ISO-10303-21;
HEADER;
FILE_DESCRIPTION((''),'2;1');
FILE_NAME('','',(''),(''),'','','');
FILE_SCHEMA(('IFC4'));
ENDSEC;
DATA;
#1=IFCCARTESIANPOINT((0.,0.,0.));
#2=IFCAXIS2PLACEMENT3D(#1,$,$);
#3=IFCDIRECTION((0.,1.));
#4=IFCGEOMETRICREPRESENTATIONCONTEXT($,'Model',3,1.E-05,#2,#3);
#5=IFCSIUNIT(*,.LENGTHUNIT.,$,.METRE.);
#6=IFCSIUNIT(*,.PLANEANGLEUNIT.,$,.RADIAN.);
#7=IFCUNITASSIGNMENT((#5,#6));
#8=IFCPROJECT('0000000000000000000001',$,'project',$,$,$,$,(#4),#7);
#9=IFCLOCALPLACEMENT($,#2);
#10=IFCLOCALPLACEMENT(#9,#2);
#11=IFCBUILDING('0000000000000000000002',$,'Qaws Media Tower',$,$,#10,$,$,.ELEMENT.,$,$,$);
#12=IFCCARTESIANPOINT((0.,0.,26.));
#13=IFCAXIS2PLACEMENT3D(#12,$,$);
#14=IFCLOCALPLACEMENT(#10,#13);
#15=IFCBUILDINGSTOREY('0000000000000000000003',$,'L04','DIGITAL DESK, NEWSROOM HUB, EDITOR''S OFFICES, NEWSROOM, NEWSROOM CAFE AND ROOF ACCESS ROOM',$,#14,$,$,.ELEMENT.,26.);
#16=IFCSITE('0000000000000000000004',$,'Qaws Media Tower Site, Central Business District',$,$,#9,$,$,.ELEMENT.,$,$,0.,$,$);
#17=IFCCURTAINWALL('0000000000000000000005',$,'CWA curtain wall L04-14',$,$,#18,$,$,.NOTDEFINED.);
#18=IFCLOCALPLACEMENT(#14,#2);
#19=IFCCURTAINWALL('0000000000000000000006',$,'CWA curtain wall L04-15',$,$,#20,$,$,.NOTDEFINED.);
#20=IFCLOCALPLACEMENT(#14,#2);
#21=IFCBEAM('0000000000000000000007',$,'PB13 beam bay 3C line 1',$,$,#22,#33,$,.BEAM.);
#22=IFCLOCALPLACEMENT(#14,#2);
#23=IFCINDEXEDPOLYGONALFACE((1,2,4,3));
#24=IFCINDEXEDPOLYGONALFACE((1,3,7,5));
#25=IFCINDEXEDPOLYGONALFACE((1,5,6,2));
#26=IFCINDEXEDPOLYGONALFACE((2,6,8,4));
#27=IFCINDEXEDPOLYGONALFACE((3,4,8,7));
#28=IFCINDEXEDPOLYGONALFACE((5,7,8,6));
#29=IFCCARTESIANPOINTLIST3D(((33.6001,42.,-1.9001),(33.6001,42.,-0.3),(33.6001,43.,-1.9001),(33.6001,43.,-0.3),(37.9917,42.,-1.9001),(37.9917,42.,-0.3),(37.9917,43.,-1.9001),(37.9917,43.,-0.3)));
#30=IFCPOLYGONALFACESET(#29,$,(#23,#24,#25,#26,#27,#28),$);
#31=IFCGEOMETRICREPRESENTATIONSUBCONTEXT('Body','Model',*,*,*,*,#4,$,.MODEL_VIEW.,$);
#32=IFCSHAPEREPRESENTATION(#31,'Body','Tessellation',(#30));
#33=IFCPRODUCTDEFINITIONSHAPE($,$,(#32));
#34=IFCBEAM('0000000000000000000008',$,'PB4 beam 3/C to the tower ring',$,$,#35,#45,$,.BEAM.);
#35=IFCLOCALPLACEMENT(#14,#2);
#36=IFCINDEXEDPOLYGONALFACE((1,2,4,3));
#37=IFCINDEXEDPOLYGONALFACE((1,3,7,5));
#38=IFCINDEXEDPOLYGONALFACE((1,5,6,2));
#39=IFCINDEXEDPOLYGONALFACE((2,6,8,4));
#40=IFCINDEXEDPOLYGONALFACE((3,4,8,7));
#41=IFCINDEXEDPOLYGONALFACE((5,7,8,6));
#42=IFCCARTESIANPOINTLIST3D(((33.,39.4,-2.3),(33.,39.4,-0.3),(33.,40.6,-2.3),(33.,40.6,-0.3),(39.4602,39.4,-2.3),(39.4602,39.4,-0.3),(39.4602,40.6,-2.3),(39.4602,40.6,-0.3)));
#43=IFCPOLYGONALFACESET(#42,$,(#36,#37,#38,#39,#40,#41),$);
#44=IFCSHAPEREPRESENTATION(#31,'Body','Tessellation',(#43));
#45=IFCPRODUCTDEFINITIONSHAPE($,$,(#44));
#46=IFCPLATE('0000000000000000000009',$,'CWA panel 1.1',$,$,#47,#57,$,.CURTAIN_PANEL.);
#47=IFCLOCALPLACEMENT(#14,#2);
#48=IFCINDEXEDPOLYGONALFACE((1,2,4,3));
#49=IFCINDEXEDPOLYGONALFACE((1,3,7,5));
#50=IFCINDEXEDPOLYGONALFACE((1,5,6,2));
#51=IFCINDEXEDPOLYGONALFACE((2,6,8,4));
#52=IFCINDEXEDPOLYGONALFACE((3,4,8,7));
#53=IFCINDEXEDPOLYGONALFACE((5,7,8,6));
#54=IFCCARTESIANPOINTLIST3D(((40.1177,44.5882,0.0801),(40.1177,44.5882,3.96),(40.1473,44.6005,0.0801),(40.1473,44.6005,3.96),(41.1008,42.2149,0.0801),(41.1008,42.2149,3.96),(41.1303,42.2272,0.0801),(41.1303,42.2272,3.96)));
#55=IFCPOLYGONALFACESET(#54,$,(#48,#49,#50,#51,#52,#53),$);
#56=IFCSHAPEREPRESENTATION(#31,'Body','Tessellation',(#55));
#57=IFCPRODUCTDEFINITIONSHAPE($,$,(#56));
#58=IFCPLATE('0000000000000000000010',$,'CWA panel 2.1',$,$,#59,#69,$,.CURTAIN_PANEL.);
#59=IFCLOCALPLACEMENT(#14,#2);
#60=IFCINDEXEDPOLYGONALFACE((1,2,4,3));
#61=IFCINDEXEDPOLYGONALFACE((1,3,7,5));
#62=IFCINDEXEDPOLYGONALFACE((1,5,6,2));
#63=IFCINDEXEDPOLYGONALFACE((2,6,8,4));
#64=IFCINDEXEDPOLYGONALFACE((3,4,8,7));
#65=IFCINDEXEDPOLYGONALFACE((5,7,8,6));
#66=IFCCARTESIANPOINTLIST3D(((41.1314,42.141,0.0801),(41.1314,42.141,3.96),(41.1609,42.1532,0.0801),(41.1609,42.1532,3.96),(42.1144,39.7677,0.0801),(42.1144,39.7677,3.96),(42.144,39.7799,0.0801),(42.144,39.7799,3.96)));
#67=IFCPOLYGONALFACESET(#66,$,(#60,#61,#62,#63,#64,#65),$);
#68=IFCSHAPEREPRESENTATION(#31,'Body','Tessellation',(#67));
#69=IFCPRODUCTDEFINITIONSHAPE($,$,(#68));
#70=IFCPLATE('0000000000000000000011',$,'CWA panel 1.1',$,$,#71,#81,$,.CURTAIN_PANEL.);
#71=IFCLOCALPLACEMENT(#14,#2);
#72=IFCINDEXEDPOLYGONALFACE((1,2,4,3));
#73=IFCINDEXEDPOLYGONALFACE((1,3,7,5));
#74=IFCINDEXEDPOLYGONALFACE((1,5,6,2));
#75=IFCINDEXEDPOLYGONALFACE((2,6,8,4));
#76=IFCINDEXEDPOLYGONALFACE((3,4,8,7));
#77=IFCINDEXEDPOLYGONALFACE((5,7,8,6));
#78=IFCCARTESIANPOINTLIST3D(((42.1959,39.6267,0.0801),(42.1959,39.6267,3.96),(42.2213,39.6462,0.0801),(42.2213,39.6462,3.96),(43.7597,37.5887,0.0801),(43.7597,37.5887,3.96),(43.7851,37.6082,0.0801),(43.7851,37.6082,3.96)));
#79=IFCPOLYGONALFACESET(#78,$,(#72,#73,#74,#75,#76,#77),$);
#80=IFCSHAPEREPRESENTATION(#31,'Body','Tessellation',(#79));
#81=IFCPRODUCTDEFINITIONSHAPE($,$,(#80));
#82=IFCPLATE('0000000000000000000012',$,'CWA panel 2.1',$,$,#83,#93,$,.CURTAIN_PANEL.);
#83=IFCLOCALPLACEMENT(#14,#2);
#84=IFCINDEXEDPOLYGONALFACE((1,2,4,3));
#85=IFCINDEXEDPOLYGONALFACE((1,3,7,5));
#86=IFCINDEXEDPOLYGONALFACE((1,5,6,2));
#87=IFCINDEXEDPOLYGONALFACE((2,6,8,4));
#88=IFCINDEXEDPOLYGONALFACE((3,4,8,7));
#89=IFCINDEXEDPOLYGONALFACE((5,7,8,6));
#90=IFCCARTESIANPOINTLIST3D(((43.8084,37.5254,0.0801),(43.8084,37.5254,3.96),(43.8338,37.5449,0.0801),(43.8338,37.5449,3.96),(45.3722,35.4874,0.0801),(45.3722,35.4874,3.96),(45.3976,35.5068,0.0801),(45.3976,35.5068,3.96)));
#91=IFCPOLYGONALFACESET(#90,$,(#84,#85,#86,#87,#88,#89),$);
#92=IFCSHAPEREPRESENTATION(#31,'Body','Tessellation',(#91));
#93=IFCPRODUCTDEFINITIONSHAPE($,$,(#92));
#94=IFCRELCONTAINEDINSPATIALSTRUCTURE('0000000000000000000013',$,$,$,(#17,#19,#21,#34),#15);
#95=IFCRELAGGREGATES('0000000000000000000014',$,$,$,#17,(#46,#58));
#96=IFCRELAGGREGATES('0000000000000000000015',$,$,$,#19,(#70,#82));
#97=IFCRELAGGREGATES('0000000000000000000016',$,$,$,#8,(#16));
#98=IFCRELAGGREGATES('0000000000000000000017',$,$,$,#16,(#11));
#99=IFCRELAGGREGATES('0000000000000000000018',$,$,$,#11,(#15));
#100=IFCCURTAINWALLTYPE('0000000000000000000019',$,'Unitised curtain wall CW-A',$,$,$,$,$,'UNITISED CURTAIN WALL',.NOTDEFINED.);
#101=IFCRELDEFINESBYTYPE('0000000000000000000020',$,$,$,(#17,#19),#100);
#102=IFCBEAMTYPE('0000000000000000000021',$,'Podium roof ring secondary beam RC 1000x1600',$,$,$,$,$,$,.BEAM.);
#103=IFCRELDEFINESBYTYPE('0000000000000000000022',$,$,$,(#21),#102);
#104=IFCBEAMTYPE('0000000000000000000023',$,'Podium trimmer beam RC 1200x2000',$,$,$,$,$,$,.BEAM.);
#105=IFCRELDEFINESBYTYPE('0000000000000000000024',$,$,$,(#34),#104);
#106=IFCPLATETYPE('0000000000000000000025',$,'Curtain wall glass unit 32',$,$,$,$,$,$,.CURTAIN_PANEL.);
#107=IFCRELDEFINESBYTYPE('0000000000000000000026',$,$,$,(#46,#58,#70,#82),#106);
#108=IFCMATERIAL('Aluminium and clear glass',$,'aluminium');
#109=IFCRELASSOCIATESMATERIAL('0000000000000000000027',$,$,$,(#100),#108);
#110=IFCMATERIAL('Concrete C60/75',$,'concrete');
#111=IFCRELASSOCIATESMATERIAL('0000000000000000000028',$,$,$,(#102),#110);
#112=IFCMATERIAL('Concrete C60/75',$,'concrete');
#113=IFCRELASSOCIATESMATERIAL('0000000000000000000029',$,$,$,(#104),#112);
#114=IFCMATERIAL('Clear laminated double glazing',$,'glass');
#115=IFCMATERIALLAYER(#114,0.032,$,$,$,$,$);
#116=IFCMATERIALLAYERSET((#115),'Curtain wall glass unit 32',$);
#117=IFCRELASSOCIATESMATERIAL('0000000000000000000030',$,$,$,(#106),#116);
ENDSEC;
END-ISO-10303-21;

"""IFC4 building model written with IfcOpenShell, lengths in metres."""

from ifc_helpers import new_model, si_unit, direction, frame, origin, origin_2d, place, context, subcontext, project, spatial, rectangle, extrude, material, layer, layer_set, material_profile, profile_set, type_object, element, aggregate, save


model = new_model("IFC4")

# Units and contexts
model_context = context("Model", 3, precision=1e-05, world=origin(), true_north=direction((0.0, 1.0)))
body_context = subcontext(model_context, "Body", "Model", "MODEL_VIEW")
ifc_project = project(units=[si_unit("LENGTHUNIT", "METRE"), si_unit("PLANEANGLEUNIT", "RADIAN")], contexts=[model_context])

# Site, building, storey
site_placement = place(None, origin())
site = spatial("IfcSite", under=ifc_project, at=site_placement, Name="Qaws Media Tower Site, Central Business District", CompositionType="ELEMENT", RefElevation=0.0)
building_placement = place(site_placement, origin())
building = spatial("IfcBuilding", under=site, at=building_placement, Name="Qaws Media Tower", CompositionType="ELEMENT")
storey_placement = place(building_placement, frame((0.0, 0.0, 26.0)))
storey = spatial("IfcBuildingStorey", under=building, at=storey_placement, Name="L04", Description="DIGITAL DESK, NEWSROOM HUB, EDITOR'S OFFICES, NEWSROOM, NEWSROOM CAFE AND ROOF ACCESS ROOM", CompositionType="ELEMENT", Elevation=26.0)

# Curtain walls
ifc_material_1 = material(Name="Aluminium and clear glass", Category="aluminium")
curtain_wall_type = type_object("IfcCurtainWallType", Name="Unitised curtain wall CW-A", ElementType="UNITISED CURTAIN WALL", PredefinedType="NOTDEFINED", material=ifc_material_1)
curtain_wall_1_placement = place(storey_placement, origin())
curtain_wall_1 = element("IfcCurtainWall", 1, at=curtain_wall_1_placement, inside=storey, type_object=curtain_wall_type, Name="CWA curtain wall L04-14", PredefinedType="NOTDEFINED")
curtain_wall_2_placement = place(storey_placement, origin())
curtain_wall_2 = element("IfcCurtainWall", 2, at=curtain_wall_2_placement, inside=storey, type_object=curtain_wall_type, Name="CWA curtain wall L04-15", PredefinedType="NOTDEFINED")

# Beams
ifc_material_2 = material(Name="Concrete C60/75", Category="concrete")
ifc_material_profile_1 = material_profile(ifc_material_2, rectangle(XDim=1.0, YDim=1.6001, at=origin_2d()), Name="RC 1000x1600")
ifc_profile_set_1 = profile_set([ifc_material_profile_1], Name="Concrete C60/75")
beam_type_1 = type_object("IfcBeamType", Name="Podium roof ring secondary beam RC 1000x1600", PredefinedType="BEAM", material=ifc_profile_set_1)
beam_1_placement = place(storey_placement, frame((33.6001, 42.5, -1.1001), z_axis=(1.0, 0.0, 0.0), x_axis=(0.0, 1.0, 0.0)))
element("IfcBeam", 3, at=beam_1_placement, inside=storey, type_object=beam_type_1, Name="PB13 beam bay 3C line 1", PredefinedType="BEAM", context=body_context, shape_type="SweptSolid", body=[
    extrude(rectangle(XDim=1.0, YDim=1.6001, at=origin_2d()), origin(), (0.0, 0.0, 1.0), 4.3916),
])
ifc_material_3 = material(Name="Concrete C60/75", Category="concrete")
ifc_material_profile_2 = material_profile(ifc_material_3, rectangle(XDim=1.2, YDim=2.0, at=origin_2d()), Name="RC 1200x2000")
ifc_profile_set_2 = profile_set([ifc_material_profile_2], Name="Concrete C60/75")
beam_type_2 = type_object("IfcBeamType", Name="Podium trimmer beam RC 1200x2000", PredefinedType="BEAM", material=ifc_profile_set_2)
beam_2_placement = place(storey_placement, frame((33.0, 40.0, -1.3), z_axis=(1.0, 0.0, 0.0), x_axis=(0.0, 1.0, 0.0)))
element("IfcBeam", 4, at=beam_2_placement, inside=storey, type_object=beam_type_2, Name="PB4 beam 3/C to the tower ring", PredefinedType="BEAM", context=body_context, shape_type="SweptSolid", body=[
    extrude(rectangle(XDim=1.2, YDim=2.0, at=origin_2d()), origin(), (0.0, 0.0, 1.0), 6.4602),
])

# Plates
ifc_material_4 = material(Name="Clear laminated double glazing", Category="glass")
ifc_layer = layer(ifc_material_4, 0.032)
ifc_layer_set = layer_set([ifc_layer], Name="Curtain wall glass unit 32")
plate_type = type_object("IfcPlateType", Name="Curtain wall glass unit 32", PredefinedType="CURTAIN_PANEL", material=ifc_layer_set)
plate_1_placement = place(storey_placement, frame((40.624, 43.4077, 0.0801), z_axis=(0.0, 0.0, 1.0), x_axis=(0.382683, -0.92388, 0.0)))
plate_1 = element("IfcPlate", 5, at=plate_1_placement, type_object=plate_type, Name="CWA panel 1.1", PredefinedType="CURTAIN_PANEL", context=body_context, shape_type="SweptSolid", body=[
    extrude(rectangle(XDim=2.5688, YDim=0.032, at=origin_2d()), origin(), (0.0, 0.0, 1.0), 3.8799),
])
plate_2_placement = place(storey_placement, frame((41.6377, 40.9604, 0.0801), z_axis=(0.0, 0.0, 1.0), x_axis=(0.382683, -0.92388, 0.0)))
plate_2 = element("IfcPlate", 6, at=plate_2_placement, type_object=plate_type, Name="CWA panel 2.1", PredefinedType="CURTAIN_PANEL", context=body_context, shape_type="SweptSolid", body=[
    extrude(rectangle(XDim=2.5688, YDim=0.032, at=origin_2d()), origin(), (0.0, 0.0, 1.0), 3.8799),
])
aggregate(curtain_wall_1, [plate_1, plate_2])
plate_3_placement = place(storey_placement, frame((42.9905, 38.6174, 0.0801), z_axis=(0.0, 0.0, 1.0), x_axis=(0.608761, -0.793353, 0.0)))
plate_3 = element("IfcPlate", 7, at=plate_3_placement, type_object=plate_type, Name="CWA panel 1.1", PredefinedType="CURTAIN_PANEL", context=body_context, shape_type="SweptSolid", body=[
    extrude(rectangle(XDim=2.5688, YDim=0.032, at=origin_2d()), origin(), (0.0, 0.0, 1.0), 3.8799),
])
plate_4_placement = place(storey_placement, frame((44.603, 36.5161, 0.0801), z_axis=(0.0, 0.0, 1.0), x_axis=(0.608761, -0.793353, 0.0)))
plate_4 = element("IfcPlate", 8, at=plate_4_placement, type_object=plate_type, Name="CWA panel 2.1", PredefinedType="CURTAIN_PANEL", context=body_context, shape_type="SweptSolid", body=[
    extrude(rectangle(XDim=2.5688, YDim=0.032, at=origin_2d()), origin(), (0.0, 0.0, 1.0), 3.8799),
])
aggregate(curtain_wall_2, [plate_3, plate_4])

save(model, "model.ifc")
